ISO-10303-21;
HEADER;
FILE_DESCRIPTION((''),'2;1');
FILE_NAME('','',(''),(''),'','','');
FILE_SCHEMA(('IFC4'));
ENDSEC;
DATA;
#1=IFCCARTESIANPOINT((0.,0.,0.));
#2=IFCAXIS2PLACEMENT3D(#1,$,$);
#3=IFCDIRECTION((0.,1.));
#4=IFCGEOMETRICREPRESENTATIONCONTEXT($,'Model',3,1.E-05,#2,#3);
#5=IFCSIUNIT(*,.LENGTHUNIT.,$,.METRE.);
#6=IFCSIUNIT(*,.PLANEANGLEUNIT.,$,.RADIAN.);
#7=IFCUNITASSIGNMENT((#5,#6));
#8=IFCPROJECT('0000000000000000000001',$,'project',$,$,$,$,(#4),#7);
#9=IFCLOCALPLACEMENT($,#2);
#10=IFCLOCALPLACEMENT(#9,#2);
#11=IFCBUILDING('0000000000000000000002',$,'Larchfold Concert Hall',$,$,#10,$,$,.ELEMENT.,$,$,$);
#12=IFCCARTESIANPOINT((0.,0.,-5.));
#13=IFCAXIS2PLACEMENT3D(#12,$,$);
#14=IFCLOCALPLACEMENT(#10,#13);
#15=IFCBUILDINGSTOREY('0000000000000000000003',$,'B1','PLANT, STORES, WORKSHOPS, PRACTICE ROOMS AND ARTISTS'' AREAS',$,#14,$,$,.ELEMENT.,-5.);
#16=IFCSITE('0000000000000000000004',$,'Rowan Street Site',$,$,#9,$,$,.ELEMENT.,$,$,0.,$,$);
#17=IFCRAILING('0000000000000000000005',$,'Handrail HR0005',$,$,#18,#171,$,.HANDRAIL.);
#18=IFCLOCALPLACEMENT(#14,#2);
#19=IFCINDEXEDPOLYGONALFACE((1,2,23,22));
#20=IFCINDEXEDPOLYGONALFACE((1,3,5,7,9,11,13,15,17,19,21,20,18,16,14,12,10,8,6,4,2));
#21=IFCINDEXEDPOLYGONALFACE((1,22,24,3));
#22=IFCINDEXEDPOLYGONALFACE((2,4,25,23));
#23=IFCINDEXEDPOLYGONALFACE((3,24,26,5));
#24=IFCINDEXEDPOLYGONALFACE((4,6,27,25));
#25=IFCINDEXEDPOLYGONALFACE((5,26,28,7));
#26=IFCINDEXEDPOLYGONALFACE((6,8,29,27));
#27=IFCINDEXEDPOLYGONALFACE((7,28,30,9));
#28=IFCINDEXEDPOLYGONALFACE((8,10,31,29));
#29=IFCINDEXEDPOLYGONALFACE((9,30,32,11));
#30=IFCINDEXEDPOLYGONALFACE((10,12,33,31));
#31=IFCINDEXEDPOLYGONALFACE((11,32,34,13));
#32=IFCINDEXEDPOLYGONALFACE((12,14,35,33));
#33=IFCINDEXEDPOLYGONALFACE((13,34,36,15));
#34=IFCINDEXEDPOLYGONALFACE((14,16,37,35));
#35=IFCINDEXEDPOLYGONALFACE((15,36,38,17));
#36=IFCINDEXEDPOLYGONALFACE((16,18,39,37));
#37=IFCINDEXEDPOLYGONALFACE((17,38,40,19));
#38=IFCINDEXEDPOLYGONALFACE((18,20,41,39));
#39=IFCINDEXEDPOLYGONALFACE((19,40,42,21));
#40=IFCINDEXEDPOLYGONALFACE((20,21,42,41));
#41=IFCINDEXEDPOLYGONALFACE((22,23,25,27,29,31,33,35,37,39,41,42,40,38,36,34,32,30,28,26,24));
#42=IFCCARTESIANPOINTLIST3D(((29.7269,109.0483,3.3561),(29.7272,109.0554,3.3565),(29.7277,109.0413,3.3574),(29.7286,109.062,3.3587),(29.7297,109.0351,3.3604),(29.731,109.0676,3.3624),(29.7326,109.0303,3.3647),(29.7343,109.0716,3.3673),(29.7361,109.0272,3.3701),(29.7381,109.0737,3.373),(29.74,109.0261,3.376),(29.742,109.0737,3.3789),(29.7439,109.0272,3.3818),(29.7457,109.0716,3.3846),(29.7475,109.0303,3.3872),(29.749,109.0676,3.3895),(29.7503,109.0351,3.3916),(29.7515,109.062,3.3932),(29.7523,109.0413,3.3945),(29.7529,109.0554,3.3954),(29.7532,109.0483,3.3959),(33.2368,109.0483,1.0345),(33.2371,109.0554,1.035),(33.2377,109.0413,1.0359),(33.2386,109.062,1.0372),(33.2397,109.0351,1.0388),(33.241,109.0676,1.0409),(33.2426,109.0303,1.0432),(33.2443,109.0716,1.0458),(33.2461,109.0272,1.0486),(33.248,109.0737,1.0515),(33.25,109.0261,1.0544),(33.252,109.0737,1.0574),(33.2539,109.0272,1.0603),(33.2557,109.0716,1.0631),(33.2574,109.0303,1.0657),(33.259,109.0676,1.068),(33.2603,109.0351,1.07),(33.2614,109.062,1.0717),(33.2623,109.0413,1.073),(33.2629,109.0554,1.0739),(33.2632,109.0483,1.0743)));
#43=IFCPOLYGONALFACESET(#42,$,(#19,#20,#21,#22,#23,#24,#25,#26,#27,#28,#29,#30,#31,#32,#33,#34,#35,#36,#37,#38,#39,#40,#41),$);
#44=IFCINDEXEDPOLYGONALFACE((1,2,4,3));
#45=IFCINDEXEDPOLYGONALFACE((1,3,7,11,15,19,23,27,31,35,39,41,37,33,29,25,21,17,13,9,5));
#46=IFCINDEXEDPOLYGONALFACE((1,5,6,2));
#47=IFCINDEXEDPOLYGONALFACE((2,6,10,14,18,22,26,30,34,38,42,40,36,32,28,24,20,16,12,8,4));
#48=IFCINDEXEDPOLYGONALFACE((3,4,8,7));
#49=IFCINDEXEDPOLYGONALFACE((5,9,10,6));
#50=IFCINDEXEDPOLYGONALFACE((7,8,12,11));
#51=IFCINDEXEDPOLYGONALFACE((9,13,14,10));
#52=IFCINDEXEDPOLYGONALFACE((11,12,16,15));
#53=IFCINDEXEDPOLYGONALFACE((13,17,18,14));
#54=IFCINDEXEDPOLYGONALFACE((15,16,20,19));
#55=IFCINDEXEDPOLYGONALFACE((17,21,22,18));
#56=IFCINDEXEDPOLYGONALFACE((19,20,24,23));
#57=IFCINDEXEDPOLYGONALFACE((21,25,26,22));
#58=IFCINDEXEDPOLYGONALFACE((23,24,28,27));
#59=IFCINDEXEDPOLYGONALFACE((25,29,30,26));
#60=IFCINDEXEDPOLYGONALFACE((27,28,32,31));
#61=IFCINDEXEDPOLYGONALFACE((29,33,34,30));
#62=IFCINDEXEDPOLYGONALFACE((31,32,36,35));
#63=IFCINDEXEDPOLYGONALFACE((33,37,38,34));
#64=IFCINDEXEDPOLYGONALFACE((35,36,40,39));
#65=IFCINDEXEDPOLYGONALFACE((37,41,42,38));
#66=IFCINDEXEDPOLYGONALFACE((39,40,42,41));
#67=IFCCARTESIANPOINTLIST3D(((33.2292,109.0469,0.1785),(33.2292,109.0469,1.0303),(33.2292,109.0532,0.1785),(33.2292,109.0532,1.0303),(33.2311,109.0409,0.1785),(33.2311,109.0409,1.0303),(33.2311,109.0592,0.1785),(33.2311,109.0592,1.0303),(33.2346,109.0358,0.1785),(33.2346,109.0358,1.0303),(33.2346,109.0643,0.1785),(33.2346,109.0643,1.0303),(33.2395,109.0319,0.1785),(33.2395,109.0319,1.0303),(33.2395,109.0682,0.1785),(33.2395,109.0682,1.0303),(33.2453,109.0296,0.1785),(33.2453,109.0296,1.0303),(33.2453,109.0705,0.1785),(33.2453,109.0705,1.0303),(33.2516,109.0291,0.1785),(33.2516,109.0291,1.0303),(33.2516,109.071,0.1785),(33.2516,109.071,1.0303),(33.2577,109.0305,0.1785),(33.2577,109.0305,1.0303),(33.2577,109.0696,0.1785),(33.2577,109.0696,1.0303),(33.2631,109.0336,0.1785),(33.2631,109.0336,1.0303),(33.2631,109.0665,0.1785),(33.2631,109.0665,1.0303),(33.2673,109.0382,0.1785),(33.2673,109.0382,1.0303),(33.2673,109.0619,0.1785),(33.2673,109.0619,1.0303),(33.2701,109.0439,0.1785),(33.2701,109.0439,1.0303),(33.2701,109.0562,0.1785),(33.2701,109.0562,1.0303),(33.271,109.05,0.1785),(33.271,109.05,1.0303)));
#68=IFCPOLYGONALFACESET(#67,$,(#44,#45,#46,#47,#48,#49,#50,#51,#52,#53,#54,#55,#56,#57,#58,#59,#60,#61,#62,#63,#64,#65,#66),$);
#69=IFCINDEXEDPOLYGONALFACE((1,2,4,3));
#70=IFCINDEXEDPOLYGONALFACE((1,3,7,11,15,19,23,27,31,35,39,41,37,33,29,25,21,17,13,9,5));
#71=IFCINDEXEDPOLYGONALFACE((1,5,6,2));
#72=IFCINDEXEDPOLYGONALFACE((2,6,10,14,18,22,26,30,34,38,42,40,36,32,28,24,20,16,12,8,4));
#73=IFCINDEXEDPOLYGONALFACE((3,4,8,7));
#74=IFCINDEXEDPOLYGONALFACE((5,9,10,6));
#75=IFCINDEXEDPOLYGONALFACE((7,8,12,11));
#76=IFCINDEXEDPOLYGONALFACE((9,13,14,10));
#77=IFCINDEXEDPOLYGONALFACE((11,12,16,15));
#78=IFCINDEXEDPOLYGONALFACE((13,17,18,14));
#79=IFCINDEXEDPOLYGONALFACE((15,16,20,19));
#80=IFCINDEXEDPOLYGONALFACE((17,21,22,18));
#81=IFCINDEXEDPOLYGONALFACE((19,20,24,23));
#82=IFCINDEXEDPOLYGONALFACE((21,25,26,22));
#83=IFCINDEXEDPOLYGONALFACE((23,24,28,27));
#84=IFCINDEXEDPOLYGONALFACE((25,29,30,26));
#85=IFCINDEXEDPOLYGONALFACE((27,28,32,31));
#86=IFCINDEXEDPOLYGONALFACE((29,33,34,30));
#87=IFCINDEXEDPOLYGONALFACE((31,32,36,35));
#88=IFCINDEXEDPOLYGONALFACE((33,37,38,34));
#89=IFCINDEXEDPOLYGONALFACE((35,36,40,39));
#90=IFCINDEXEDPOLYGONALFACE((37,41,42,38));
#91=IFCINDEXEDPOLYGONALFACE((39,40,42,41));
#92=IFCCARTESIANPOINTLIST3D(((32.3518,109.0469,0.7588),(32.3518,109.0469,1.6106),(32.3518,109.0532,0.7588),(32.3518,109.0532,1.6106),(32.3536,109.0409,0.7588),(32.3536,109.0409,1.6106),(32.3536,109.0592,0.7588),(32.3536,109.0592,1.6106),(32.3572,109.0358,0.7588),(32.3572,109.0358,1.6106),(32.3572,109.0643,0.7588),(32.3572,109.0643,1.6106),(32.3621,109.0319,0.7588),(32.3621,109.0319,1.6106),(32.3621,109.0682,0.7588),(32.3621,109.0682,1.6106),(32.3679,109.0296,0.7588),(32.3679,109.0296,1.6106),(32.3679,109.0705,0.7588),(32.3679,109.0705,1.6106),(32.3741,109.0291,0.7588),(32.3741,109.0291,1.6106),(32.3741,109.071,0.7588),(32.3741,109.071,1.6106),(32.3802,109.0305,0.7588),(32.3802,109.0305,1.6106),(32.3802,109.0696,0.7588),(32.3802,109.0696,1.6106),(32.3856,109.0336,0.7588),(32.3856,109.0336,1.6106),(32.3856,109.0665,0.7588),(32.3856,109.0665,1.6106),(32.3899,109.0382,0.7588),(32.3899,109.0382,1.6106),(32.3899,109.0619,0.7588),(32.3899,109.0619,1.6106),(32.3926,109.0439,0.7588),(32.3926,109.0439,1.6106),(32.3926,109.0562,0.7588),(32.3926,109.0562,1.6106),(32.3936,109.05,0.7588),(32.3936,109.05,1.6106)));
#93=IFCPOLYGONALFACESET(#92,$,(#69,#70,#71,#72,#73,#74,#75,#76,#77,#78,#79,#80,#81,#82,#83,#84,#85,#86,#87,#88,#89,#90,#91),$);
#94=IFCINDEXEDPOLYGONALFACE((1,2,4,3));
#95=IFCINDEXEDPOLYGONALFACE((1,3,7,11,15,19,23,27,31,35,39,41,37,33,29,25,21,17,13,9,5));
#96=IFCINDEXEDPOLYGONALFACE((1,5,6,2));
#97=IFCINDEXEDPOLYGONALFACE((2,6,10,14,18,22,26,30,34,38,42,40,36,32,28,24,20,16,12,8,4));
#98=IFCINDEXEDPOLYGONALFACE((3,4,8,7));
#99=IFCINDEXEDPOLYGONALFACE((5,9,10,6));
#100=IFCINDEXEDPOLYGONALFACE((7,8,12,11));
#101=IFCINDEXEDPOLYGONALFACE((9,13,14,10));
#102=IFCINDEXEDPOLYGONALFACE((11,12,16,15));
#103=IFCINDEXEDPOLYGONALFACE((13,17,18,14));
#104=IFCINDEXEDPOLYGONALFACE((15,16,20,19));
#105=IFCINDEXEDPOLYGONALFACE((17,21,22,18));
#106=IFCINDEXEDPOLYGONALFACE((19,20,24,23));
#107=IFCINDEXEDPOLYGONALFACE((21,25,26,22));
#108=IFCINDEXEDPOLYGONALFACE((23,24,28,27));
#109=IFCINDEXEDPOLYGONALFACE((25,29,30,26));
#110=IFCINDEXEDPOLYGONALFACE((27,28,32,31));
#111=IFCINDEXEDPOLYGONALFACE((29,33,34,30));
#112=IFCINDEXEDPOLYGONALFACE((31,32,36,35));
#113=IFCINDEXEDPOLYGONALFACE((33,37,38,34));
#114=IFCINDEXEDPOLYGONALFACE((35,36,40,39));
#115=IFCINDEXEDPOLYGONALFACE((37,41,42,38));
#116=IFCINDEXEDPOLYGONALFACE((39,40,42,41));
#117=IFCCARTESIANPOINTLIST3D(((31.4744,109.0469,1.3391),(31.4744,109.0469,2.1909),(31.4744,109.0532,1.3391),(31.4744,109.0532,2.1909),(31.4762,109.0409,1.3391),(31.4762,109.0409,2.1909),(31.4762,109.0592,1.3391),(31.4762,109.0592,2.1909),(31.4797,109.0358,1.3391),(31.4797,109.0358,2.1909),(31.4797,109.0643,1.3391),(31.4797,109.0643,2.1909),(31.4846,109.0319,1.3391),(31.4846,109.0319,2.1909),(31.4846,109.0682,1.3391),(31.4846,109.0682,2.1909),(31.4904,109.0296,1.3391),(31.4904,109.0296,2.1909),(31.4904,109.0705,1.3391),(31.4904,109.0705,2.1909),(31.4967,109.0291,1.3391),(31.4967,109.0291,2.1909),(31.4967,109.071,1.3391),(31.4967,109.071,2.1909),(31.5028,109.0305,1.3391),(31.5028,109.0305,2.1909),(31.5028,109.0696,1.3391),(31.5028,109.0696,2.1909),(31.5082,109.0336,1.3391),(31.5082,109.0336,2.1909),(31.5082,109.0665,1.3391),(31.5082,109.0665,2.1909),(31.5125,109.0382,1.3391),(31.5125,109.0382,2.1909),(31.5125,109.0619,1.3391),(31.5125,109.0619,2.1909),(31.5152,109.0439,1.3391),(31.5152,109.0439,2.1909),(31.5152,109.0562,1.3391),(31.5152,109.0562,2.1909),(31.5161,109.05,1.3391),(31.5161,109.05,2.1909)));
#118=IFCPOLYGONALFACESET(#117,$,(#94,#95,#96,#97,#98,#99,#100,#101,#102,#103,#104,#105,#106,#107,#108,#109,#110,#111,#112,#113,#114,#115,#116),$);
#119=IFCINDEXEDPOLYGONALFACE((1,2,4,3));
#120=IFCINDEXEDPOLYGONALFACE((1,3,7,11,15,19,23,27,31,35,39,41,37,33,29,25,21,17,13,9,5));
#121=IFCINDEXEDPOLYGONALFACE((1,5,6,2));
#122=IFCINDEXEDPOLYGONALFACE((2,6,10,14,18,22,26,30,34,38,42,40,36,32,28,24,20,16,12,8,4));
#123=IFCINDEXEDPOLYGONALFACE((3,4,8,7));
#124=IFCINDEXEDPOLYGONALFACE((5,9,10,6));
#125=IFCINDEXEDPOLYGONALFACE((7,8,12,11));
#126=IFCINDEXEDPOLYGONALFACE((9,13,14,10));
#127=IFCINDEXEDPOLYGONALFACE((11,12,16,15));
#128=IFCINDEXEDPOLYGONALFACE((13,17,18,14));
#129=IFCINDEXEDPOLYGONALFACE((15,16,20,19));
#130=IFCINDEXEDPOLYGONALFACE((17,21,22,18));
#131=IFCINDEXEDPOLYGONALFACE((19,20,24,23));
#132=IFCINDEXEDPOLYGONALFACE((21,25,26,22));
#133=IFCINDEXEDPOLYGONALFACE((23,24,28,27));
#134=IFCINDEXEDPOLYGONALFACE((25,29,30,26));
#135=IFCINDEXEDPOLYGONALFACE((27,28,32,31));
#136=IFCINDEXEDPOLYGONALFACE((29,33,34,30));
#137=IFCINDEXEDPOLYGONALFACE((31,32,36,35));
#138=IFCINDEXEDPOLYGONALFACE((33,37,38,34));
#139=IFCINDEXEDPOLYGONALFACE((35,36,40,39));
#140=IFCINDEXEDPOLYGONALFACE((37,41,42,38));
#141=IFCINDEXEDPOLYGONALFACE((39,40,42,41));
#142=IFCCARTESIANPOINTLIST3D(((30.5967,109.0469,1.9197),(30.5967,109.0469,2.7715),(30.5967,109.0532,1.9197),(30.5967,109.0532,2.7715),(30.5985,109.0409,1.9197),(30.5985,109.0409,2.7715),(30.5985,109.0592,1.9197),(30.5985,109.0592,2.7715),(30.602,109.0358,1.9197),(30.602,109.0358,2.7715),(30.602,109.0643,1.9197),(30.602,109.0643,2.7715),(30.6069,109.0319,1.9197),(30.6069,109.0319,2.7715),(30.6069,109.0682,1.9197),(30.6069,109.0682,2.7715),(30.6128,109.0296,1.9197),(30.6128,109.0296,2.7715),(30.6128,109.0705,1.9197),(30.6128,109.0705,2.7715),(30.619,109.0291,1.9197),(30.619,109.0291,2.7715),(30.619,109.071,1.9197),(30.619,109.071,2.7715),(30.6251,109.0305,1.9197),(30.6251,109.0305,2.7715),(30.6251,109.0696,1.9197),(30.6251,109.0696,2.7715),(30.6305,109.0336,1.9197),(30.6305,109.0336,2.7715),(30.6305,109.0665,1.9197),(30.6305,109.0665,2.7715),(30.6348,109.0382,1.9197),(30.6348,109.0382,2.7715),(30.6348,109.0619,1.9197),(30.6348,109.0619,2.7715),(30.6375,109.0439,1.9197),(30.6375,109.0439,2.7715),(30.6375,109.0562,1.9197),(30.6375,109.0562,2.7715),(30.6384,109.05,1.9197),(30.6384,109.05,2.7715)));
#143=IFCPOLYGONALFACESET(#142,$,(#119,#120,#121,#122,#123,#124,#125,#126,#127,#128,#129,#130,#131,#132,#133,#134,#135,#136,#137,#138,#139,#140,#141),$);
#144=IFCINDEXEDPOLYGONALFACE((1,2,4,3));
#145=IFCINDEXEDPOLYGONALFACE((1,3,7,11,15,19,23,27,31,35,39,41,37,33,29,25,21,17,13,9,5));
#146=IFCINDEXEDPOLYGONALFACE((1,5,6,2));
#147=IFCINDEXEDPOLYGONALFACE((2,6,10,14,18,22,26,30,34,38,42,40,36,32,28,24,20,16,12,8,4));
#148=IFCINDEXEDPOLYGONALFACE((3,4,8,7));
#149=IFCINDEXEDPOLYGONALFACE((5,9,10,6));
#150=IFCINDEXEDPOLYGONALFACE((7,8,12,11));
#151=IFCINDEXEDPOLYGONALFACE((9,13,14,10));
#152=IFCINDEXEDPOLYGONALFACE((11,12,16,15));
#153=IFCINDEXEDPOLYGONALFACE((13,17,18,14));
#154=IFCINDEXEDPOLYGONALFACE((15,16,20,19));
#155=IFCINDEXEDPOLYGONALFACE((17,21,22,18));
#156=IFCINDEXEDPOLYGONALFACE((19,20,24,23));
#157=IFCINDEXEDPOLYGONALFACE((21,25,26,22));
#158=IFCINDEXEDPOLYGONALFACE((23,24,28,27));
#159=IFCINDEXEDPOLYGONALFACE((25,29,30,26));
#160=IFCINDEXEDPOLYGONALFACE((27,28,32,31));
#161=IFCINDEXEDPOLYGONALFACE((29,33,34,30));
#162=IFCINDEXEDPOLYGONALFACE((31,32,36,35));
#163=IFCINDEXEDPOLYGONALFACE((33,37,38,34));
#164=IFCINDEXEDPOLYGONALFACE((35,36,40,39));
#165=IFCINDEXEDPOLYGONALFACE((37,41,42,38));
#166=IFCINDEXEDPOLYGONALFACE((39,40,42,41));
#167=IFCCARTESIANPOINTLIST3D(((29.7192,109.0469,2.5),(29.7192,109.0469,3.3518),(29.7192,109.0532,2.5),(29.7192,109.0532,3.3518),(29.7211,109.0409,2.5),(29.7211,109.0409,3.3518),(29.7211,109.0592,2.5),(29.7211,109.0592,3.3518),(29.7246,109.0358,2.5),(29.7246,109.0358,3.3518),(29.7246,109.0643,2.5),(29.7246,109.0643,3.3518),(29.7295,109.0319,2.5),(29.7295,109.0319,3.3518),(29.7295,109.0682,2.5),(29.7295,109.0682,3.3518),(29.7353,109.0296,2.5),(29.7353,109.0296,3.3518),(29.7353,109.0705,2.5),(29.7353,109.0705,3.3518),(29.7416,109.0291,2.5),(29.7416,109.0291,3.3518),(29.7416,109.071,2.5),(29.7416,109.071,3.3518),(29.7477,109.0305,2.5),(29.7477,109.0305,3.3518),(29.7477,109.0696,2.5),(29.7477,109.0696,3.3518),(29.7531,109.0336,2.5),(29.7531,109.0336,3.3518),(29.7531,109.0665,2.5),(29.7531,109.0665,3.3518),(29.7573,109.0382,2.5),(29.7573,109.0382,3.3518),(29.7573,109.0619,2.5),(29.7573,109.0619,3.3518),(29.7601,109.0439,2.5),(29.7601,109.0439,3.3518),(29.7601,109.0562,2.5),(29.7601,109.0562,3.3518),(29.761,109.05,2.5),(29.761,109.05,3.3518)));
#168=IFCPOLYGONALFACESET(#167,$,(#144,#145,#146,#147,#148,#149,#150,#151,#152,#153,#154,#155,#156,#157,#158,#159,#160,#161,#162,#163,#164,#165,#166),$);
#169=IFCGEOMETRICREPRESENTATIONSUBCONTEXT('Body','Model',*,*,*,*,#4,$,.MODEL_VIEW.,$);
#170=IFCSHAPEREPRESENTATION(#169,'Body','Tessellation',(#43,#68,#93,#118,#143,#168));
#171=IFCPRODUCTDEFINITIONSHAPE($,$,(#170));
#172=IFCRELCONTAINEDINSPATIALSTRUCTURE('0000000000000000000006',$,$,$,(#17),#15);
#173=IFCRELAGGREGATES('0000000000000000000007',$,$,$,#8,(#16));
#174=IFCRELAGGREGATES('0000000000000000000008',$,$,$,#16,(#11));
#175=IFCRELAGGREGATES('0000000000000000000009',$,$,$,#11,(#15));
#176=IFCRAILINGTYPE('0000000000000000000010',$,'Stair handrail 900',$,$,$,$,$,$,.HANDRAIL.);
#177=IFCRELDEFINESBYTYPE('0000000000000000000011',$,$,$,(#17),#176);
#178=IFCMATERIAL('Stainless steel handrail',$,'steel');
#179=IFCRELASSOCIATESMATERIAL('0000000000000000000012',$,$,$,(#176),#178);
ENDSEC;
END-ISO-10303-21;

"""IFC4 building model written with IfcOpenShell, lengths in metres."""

from ifc_helpers import new_model, si_unit, direction, frame, origin, origin_2d, place, context, subcontext, project, spatial, circle, extrude, material, type_object, element, save


model = new_model("IFC4")

# Units and contexts
model_context = context("Model", 3, precision=1e-05, world=origin(), true_north=direction((0.0, 1.0)))
body_context = subcontext(model_context, "Body", "Model", "MODEL_VIEW")
ifc_project = project(units=[si_unit("LENGTHUNIT", "METRE"), si_unit("PLANEANGLEUNIT", "RADIAN")], contexts=[model_context])

# Site, building, storey
site_placement = place(None, origin())
site = spatial("IfcSite", under=ifc_project, at=site_placement, Name="Rowan Street Site", CompositionType="ELEMENT", RefElevation=0.0)
building_placement = place(site_placement, origin())
building = spatial("IfcBuilding", under=site, at=building_placement, Name="Larchfold Concert Hall", CompositionType="ELEMENT")
storey_placement = place(building_placement, frame((0.0, 0.0, -5.0)))
storey = spatial("IfcBuildingStorey", under=building, at=storey_placement, Name="B1", Description="PLANT, STORES, WORKSHOPS, PRACTICE ROOMS AND ARTISTS' AREAS", CompositionType="ELEMENT", Elevation=-5.0)

# Railing
ifc_material_1 = material(Name="Stainless steel handrail", Category="steel")
railing_type_1 = type_object("IfcRailingType", Name="Stair handrail 900", PredefinedType="HANDRAIL", material=ifc_material_1)
railing_1_placement = place(storey_placement, frame((33.25, 109.05, 0.1785)))
element("IfcRailing", 1, at=railing_1_placement, inside=storey, type_object=railing_type_1, Name="Handrail HR0005", PredefinedType="HANDRAIL", context=body_context, shape_type="SweptSolid", body=[
    extrude(circle(Radius=0.0239, at=origin_2d()), frame((0.0, 0.0, 0.876), z_axis=(-0.834071, 0.0, 0.551657), x_axis=(0.0, -1.0, 0.0)), (0.0, 0.0, 1.0), 4.2083),
    extrude(circle(Radius=0.021, at=origin_2d()), origin(), (0.0, 0.0, 1.0), 0.8518),
    extrude(circle(Radius=0.021, at=origin_2d()), frame((-0.8774, 0.0, 0.5803)), (0.0, 0.0, 1.0), 0.8518),
    extrude(circle(Radius=0.021, at=origin_2d()), frame((-1.7549, 0.0, 1.1606)), (0.0, 0.0, 1.0), 0.8518),
    extrude(circle(Radius=0.021, at=origin_2d()), frame((-2.6326, 0.0, 1.7412)), (0.0, 0.0, 1.0), 0.8518),
    extrude(circle(Radius=0.021, at=origin_2d()), frame((-3.51, 0.0, 2.3215)), (0.0, 0.0, 1.0), 0.8518),
])

save(model, "model.ifc")
